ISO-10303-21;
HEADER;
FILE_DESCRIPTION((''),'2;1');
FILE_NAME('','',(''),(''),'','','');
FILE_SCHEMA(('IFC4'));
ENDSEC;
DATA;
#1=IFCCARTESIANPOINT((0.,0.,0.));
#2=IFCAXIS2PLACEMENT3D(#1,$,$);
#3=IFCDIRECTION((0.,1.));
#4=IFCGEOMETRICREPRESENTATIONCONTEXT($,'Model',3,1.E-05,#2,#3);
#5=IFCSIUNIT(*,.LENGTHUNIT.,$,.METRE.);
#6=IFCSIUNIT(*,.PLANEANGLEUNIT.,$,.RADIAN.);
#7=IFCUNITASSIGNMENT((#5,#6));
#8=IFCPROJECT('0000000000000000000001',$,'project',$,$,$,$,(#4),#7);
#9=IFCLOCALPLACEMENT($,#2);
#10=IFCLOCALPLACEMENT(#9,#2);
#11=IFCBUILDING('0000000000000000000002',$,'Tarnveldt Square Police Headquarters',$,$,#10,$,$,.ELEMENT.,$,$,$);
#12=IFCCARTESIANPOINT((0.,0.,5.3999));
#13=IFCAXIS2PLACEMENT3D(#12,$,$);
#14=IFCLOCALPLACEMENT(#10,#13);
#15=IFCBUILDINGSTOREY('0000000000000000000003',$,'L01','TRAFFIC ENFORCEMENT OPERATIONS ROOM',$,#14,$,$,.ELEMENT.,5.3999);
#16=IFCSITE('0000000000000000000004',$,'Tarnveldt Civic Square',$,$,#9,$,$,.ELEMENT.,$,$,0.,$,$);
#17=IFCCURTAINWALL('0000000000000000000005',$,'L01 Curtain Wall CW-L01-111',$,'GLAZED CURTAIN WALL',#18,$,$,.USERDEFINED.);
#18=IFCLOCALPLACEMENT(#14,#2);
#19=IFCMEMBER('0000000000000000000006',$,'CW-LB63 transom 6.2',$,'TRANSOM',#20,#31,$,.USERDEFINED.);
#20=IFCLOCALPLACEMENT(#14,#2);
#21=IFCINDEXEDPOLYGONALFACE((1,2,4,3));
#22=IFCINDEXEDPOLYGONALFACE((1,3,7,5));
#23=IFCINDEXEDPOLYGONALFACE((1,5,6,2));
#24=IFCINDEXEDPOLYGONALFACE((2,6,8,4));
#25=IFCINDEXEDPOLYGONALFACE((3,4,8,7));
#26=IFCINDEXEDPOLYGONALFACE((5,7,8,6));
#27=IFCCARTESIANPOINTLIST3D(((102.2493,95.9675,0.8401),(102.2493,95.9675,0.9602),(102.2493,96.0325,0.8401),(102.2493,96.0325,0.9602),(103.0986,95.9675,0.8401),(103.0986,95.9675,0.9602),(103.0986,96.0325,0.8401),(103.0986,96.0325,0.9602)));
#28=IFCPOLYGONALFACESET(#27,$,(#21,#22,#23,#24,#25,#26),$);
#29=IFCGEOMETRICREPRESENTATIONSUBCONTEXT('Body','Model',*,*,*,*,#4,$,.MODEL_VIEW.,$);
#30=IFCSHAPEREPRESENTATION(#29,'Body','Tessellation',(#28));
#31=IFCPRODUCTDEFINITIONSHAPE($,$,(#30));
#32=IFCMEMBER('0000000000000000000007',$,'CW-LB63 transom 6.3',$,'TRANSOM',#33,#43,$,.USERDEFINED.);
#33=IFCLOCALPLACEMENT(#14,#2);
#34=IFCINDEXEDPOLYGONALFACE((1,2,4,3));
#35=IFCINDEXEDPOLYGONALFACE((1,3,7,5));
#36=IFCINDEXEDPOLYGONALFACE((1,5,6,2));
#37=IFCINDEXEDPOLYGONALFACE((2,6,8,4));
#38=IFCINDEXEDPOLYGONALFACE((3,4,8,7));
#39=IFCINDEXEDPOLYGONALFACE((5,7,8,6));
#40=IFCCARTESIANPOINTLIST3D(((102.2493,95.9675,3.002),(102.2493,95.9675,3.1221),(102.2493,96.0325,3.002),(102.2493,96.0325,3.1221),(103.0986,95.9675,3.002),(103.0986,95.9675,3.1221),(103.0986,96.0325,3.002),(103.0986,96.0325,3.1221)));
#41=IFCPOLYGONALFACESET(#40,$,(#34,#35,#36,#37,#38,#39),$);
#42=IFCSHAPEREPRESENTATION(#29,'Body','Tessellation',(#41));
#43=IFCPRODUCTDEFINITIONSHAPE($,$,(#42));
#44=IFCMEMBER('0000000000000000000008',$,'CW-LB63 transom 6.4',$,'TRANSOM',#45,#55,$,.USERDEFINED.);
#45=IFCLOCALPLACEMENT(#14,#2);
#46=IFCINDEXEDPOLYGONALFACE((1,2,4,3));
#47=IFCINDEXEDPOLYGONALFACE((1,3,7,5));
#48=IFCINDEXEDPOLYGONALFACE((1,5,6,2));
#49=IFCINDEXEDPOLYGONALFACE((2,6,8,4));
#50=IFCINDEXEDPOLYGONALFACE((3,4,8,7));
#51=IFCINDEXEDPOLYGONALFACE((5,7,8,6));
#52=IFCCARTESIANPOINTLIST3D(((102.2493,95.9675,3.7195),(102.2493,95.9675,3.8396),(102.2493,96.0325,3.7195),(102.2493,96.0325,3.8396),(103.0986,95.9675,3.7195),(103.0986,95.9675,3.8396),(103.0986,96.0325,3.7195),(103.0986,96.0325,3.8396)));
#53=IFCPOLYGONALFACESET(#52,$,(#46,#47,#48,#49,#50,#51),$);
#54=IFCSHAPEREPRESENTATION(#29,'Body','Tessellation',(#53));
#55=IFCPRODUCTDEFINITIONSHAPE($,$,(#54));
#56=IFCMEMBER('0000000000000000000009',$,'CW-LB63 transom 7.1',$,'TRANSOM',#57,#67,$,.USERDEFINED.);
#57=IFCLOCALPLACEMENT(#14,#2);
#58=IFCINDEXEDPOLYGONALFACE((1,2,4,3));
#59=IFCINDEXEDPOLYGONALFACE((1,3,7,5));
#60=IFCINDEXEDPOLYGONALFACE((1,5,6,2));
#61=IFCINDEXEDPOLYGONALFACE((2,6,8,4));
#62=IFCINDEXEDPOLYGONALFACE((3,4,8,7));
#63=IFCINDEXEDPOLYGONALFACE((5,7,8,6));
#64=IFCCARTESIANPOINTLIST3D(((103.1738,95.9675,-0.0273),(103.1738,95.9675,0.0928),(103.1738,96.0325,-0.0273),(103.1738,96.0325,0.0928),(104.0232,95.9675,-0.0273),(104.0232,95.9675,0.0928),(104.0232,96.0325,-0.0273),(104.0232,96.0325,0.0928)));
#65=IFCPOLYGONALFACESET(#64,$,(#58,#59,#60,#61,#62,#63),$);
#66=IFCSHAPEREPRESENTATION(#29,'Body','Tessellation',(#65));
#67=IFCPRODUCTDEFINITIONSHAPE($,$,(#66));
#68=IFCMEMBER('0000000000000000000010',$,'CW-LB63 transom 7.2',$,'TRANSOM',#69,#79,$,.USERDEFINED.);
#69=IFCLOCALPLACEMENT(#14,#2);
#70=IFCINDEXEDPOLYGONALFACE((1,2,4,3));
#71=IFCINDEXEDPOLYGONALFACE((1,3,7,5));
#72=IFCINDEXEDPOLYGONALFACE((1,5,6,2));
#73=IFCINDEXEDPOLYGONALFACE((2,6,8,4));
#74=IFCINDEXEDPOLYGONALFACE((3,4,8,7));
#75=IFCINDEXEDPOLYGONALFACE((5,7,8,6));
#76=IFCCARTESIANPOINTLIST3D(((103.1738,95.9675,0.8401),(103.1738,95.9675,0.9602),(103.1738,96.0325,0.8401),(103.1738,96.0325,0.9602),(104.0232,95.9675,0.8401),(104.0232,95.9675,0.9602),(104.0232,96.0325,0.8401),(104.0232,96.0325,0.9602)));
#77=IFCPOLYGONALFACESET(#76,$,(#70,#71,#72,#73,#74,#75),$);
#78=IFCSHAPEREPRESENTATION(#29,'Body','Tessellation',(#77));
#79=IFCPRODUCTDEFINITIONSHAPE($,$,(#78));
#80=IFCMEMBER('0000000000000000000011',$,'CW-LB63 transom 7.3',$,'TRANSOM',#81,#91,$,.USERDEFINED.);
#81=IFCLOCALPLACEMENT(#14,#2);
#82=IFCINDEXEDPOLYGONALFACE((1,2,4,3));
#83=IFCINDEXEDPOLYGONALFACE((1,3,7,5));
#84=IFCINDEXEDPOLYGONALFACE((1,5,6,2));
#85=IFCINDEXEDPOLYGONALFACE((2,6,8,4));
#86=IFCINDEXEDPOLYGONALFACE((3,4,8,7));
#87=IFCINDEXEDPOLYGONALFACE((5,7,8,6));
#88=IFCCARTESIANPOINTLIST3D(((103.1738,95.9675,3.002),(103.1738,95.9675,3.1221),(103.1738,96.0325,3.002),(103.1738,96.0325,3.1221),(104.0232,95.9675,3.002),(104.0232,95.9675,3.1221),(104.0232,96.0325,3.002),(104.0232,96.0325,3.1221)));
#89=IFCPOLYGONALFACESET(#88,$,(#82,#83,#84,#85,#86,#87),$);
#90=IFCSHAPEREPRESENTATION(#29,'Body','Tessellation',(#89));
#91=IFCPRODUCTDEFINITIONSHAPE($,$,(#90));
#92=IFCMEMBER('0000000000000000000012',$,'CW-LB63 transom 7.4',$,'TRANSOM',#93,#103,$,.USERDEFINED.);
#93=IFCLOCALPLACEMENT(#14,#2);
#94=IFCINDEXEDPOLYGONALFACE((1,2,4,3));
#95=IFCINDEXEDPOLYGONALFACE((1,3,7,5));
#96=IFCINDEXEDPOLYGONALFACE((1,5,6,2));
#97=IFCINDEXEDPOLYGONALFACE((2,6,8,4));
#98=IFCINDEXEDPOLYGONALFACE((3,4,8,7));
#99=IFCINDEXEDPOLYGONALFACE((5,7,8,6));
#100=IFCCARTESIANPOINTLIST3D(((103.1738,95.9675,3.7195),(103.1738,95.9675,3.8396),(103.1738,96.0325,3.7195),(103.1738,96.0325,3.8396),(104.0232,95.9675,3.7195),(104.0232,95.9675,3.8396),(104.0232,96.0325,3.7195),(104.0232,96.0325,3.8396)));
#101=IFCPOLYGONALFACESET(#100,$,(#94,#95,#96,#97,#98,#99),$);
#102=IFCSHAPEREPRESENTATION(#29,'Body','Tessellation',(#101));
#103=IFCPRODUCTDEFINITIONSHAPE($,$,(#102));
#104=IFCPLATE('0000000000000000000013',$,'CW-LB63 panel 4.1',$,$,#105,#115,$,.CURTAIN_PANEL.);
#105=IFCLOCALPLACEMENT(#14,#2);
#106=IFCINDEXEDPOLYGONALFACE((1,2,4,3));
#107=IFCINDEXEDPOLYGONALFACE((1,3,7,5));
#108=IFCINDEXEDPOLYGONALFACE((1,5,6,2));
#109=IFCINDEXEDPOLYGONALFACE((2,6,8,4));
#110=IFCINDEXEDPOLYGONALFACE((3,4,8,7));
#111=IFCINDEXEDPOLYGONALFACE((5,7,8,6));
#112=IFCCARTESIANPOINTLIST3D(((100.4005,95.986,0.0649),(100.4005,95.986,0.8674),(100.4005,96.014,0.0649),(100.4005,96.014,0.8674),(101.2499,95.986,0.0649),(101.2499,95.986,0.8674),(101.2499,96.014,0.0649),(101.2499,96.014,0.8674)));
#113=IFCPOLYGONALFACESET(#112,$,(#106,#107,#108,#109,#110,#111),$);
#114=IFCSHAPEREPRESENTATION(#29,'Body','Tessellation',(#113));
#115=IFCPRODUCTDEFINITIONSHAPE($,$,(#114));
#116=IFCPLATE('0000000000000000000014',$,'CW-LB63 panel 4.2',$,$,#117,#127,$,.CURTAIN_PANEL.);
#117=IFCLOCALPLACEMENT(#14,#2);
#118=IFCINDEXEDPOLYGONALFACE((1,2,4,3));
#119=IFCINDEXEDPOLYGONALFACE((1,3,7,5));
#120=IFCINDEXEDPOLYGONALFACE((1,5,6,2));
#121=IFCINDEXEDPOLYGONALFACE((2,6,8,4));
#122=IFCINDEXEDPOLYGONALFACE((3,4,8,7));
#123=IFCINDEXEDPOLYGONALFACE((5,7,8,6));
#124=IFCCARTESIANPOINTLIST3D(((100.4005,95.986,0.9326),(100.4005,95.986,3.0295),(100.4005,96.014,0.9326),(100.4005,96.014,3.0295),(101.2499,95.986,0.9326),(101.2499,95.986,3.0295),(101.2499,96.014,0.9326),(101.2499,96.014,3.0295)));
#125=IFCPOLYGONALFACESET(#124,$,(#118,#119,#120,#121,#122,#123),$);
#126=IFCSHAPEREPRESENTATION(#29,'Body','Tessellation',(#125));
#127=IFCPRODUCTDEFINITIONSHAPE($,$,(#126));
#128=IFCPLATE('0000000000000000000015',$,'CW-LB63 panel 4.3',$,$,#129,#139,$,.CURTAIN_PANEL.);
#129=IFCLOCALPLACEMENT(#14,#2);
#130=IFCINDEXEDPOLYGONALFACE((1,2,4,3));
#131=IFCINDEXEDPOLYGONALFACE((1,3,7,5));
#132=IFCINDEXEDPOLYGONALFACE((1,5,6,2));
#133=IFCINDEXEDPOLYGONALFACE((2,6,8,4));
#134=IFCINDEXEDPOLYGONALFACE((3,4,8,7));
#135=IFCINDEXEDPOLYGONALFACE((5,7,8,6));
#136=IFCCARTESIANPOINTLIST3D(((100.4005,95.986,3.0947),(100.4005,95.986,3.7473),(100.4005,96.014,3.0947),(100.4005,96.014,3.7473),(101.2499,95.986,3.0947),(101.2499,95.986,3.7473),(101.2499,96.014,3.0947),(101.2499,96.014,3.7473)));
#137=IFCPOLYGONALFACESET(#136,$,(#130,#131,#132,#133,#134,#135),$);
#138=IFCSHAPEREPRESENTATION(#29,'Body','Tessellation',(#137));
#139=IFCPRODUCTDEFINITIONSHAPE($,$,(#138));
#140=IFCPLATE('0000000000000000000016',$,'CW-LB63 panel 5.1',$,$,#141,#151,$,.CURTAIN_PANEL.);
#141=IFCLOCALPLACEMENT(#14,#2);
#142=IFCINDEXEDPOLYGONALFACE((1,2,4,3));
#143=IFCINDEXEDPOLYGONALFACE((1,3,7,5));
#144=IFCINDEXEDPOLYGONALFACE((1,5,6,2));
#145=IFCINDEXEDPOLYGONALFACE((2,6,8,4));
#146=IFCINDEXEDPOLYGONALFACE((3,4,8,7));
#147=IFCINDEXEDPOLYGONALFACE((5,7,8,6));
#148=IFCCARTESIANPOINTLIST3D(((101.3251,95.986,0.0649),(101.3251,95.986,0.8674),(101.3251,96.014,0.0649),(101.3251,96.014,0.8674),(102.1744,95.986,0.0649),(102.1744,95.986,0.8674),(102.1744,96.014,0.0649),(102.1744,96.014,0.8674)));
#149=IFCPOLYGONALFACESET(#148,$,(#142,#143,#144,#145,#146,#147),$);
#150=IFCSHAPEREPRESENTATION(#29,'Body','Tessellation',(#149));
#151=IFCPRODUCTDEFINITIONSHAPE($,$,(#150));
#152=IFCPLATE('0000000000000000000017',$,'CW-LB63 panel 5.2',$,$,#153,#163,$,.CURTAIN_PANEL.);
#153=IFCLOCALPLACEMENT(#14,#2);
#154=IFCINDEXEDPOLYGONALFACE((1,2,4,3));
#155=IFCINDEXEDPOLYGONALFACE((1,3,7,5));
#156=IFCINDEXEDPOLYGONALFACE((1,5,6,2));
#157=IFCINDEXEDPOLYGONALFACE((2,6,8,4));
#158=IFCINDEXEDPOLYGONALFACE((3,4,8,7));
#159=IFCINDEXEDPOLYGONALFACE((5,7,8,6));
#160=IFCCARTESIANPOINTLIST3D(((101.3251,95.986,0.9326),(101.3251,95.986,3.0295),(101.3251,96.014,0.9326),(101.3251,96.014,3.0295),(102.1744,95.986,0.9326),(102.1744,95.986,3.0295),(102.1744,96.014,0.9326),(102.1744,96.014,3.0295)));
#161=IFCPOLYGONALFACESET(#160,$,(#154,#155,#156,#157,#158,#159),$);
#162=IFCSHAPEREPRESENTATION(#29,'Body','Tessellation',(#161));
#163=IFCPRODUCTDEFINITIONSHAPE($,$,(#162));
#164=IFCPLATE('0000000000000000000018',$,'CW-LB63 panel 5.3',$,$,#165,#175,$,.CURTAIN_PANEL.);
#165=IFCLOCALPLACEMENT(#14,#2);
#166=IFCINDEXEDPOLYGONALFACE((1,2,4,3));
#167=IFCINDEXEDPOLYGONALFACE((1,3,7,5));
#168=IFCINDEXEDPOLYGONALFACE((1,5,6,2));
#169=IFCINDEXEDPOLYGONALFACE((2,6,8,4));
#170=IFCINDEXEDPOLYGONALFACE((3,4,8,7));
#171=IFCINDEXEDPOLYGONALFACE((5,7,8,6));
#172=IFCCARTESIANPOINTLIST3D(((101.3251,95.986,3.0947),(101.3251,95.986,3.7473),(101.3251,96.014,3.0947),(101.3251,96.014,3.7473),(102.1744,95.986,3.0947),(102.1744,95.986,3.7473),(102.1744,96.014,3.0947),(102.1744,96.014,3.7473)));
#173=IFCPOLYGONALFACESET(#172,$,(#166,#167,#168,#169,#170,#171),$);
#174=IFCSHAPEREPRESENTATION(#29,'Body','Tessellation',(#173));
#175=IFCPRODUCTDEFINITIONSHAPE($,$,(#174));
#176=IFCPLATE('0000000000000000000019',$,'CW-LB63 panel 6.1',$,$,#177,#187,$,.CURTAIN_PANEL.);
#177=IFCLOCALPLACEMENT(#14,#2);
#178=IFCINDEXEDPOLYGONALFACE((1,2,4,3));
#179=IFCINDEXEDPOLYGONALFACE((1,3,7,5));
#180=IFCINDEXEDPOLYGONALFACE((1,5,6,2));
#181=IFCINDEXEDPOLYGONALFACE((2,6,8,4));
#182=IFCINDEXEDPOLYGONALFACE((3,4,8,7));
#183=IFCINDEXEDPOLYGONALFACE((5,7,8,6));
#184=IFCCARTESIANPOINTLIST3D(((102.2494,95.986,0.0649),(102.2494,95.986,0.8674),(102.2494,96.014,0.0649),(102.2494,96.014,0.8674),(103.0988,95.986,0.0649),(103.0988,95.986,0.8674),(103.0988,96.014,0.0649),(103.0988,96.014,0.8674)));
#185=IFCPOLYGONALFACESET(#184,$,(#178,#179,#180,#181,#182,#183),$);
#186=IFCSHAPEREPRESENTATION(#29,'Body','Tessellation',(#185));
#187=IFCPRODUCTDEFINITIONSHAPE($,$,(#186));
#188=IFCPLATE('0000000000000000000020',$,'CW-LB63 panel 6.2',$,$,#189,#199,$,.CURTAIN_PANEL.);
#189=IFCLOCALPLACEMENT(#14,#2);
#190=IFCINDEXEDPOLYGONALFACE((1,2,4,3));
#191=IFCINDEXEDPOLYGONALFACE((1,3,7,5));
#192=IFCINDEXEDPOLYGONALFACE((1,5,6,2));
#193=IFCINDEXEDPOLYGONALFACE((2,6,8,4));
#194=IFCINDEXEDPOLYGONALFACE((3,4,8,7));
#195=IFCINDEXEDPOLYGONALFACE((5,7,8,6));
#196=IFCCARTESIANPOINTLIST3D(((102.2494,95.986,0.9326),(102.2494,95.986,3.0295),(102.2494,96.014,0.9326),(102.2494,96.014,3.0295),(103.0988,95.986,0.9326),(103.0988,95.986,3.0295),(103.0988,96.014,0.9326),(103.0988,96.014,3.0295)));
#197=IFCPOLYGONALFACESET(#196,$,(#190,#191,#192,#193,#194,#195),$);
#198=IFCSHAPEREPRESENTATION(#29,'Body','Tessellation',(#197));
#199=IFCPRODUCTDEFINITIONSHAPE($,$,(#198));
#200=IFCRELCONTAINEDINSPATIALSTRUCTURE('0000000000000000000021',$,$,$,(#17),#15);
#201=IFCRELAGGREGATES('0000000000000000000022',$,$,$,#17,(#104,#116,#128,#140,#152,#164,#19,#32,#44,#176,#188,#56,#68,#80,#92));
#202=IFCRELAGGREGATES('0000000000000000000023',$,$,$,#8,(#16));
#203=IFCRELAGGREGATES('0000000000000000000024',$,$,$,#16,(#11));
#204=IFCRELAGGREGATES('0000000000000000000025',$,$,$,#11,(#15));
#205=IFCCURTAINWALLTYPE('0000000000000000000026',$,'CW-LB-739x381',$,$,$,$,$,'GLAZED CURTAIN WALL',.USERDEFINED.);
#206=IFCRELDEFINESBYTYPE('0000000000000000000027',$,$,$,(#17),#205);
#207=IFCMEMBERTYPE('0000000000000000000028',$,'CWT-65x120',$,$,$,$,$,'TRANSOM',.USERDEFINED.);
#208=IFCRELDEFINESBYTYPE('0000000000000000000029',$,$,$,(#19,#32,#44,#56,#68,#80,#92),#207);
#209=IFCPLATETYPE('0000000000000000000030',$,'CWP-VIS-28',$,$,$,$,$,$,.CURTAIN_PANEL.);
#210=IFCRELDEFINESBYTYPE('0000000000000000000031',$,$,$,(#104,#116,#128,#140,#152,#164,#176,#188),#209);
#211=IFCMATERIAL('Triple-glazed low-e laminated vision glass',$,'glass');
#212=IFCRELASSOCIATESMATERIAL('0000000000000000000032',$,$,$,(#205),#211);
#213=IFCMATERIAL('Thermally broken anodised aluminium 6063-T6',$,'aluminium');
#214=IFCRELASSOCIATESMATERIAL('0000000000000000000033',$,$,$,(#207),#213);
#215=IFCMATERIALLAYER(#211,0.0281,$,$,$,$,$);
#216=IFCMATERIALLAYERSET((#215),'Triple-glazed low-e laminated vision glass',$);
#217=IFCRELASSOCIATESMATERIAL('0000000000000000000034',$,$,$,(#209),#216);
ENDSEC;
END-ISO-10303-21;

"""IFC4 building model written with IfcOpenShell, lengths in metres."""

from ifc_helpers import new_model, si_unit, direction, frame, origin, origin_2d, place, context, subcontext, project, spatial, rectangle, extrude, material, layer, layer_set, material_profile, profile_set, type_object, element, aggregate, save


model = new_model("IFC4")

# Units and contexts
model_context = context("Model", 3, precision=1e-05, world=origin(), true_north=direction((0.0, 1.0)))
body_context = subcontext(model_context, "Body", "Model", "MODEL_VIEW")
ifc_project = project(units=[si_unit("LENGTHUNIT", "METRE"), si_unit("PLANEANGLEUNIT", "RADIAN")], contexts=[model_context])

# Site, building, storey
site_placement = place(None, origin())
site = spatial("IfcSite", under=ifc_project, at=site_placement, Name="Tarnveldt Civic Square", CompositionType="ELEMENT", RefElevation=0.0)
building_placement = place(site_placement, origin())
building = spatial("IfcBuilding", under=site, at=building_placement, Name="Tarnveldt Square Police Headquarters", CompositionType="ELEMENT")
storey_placement = place(building_placement, frame((0.0, 0.0, 5.3999)))
storey = spatial("IfcBuildingStorey", under=building, at=storey_placement, Name="L01", Description="TRAFFIC ENFORCEMENT OPERATIONS ROOM", CompositionType="ELEMENT", Elevation=5.3999)

# Curtain wall, members, plates
ifc_material_1 = material(Name="Triple-glazed low-e laminated vision glass", Category="glass")
curtain_wall_type = type_object("IfcCurtainWallType", Name="CW-LB-739x381", ElementType="GLAZED CURTAIN WALL", PredefinedType="USERDEFINED", material=ifc_material_1)
curtain_wall_placement = place(storey_placement, origin())
curtain_wall = element("IfcCurtainWall", 1, at=curtain_wall_placement, inside=storey, type_object=curtain_wall_type, Name="L01 Curtain Wall CW-L01-111", ObjectType="GLAZED CURTAIN WALL", PredefinedType="USERDEFINED")
ifc_material_2 = material(Name="Thermally broken anodised aluminium 6063-T6", Category="aluminium")
ifc_material_profile_1 = material_profile(ifc_material_2, rectangle(XDim=0.0649, YDim=0.1201, at=origin_2d()), Name="CW-T65x120")
ifc_profile_set_1 = profile_set([ifc_material_profile_1], Name="Thermally broken anodised aluminium 6063-T6")
member_type_1 = type_object("IfcMemberType", Name="CWT-65x120", ElementType="TRANSOM", PredefinedType="USERDEFINED", material=ifc_profile_set_1)
member_1_placement = place(storey_placement, frame((102.2493, 96.0, 0.9001), z_axis=(1.0, 0.0, 0.0), x_axis=(0.0, 1.0, 0.0)))
member_1 = element("IfcMember", 2, at=member_1_placement, type_object=member_type_1, Name="CW-LB63 transom 6.2", ObjectType="TRANSOM", PredefinedType="USERDEFINED", context=body_context, shape_type="SweptSolid", body=[
    extrude(rectangle(XDim=0.0649, YDim=0.1201, at=origin_2d()), origin(), (0.0, 0.0, 1.0), 0.8494),
])
member_2_placement = place(storey_placement, frame((102.2493, 96.0, 3.062), z_axis=(1.0, 0.0, 0.0), x_axis=(0.0, 1.0, 0.0)))
member_2 = element("IfcMember", 3, at=member_2_placement, type_object=member_type_1, Name="CW-LB63 transom 6.3", ObjectType="TRANSOM", PredefinedType="USERDEFINED", context=body_context, shape_type="SweptSolid", body=[
    extrude(rectangle(XDim=0.0649, YDim=0.1201, at=origin_2d()), origin(), (0.0, 0.0, 1.0), 0.8494),
])
member_3_placement = place(storey_placement, frame((102.2493, 96.0, 3.7795), z_axis=(1.0, 0.0, 0.0), x_axis=(0.0, 1.0, 0.0)))
member_3 = element("IfcMember", 4, at=member_3_placement, type_object=member_type_1, Name="CW-LB63 transom 6.4", ObjectType="TRANSOM", PredefinedType="USERDEFINED", context=body_context, shape_type="SweptSolid", body=[
    extrude(rectangle(XDim=0.0649, YDim=0.1201, at=origin_2d()), origin(), (0.0, 0.0, 1.0), 0.8494),
])
member_4_placement = place(storey_placement, frame((103.1738, 96.0, 0.0327), z_axis=(1.0, 0.0, 0.0), x_axis=(0.0, 1.0, 0.0)))
member_4 = element("IfcMember", 5, at=member_4_placement, type_object=member_type_1, Name="CW-LB63 transom 7.1", ObjectType="TRANSOM", PredefinedType="USERDEFINED", context=body_context, shape_type="SweptSolid", body=[
    extrude(rectangle(XDim=0.0649, YDim=0.1201, at=origin_2d()), origin(), (0.0, 0.0, 1.0), 0.8494),
])
member_5_placement = place(storey_placement, frame((103.1738, 96.0, 0.9001), z_axis=(1.0, 0.0, 0.0), x_axis=(0.0, 1.0, 0.0)))
member_5 = element("IfcMember", 6, at=member_5_placement, type_object=member_type_1, Name="CW-LB63 transom 7.2", ObjectType="TRANSOM", PredefinedType="USERDEFINED", context=body_context, shape_type="SweptSolid", body=[
    extrude(rectangle(XDim=0.0649, YDim=0.1201, at=origin_2d()), origin(), (0.0, 0.0, 1.0), 0.8494),
])
member_6_placement = place(storey_placement, frame((103.1738, 96.0, 3.062), z_axis=(1.0, 0.0, 0.0), x_axis=(0.0, 1.0, 0.0)))
member_6 = element("IfcMember", 7, at=member_6_placement, type_object=member_type_1, Name="CW-LB63 transom 7.3", ObjectType="TRANSOM", PredefinedType="USERDEFINED", context=body_context, shape_type="SweptSolid", body=[
    extrude(rectangle(XDim=0.0649, YDim=0.1201, at=origin_2d()), origin(), (0.0, 0.0, 1.0), 0.8494),
])
member_7_placement = place(storey_placement, frame((103.1738, 96.0, 3.7795), z_axis=(1.0, 0.0, 0.0), x_axis=(0.0, 1.0, 0.0)))
member_7 = element("IfcMember", 8, at=member_7_placement, type_object=member_type_1, Name="CW-LB63 transom 7.4", ObjectType="TRANSOM", PredefinedType="USERDEFINED", context=body_context, shape_type="SweptSolid", body=[
    extrude(rectangle(XDim=0.0649, YDim=0.1201, at=origin_2d()), origin(), (0.0, 0.0, 1.0), 0.8494),
])
ifc_layer_1 = layer(ifc_material_1, 0.0281)
ifc_layer_set_1 = layer_set([ifc_layer_1], Name="Triple-glazed low-e laminated vision glass")
plate_type = type_object("IfcPlateType", Name="CWP-VIS-28", PredefinedType="CURTAIN_PANEL", material=ifc_layer_set_1)
plate_1_placement = place(storey_placement, frame((100.8252, 96.0, 0.0649), z_axis=(0.0, 0.0, 1.0), x_axis=(1.0, 0.0, 0.0)))
plate_1 = element("IfcPlate", 9, at=plate_1_placement, type_object=plate_type, Name="CW-LB63 panel 4.1", PredefinedType="CURTAIN_PANEL", context=body_context, shape_type="SweptSolid", body=[
    extrude(rectangle(XDim=0.8494, YDim=0.0281, at=origin_2d()), origin(), (0.0, 0.0, 1.0), 0.8025),
])
plate_2_placement = place(storey_placement, frame((100.8252, 96.0, 0.9326), z_axis=(0.0, 0.0, 1.0), x_axis=(1.0, 0.0, 0.0)))
plate_2 = element("IfcPlate", 10, at=plate_2_placement, type_object=plate_type, Name="CW-LB63 panel 4.2", PredefinedType="CURTAIN_PANEL", context=body_context, shape_type="SweptSolid", body=[
    extrude(rectangle(XDim=0.8494, YDim=0.0281, at=origin_2d()), origin(), (0.0, 0.0, 1.0), 2.0969),
])
plate_3_placement = place(storey_placement, frame((100.8252, 96.0, 3.0947), z_axis=(0.0, 0.0, 1.0), x_axis=(1.0, 0.0, 0.0)))
plate_3 = element("IfcPlate", 11, at=plate_3_placement, type_object=plate_type, Name="CW-LB63 panel 4.3", PredefinedType="CURTAIN_PANEL", context=body_context, shape_type="SweptSolid", body=[
    extrude(rectangle(XDim=0.8494, YDim=0.0281, at=origin_2d()), origin(), (0.0, 0.0, 1.0), 0.6526),
])
plate_4_placement = place(storey_placement, frame((101.7498, 96.0, 0.0649), z_axis=(0.0, 0.0, 1.0), x_axis=(1.0, 0.0, 0.0)))
plate_4 = element("IfcPlate", 12, at=plate_4_placement, type_object=plate_type, Name="CW-LB63 panel 5.1", PredefinedType="CURTAIN_PANEL", context=body_context, shape_type="SweptSolid", body=[
    extrude(rectangle(XDim=0.8494, YDim=0.0281, at=origin_2d()), origin(), (0.0, 0.0, 1.0), 0.8025),
])
plate_5_placement = place(storey_placement, frame((101.7498, 96.0, 0.9326), z_axis=(0.0, 0.0, 1.0), x_axis=(1.0, 0.0, 0.0)))
plate_5 = element("IfcPlate", 13, at=plate_5_placement, type_object=plate_type, Name="CW-LB63 panel 5.2", PredefinedType="CURTAIN_PANEL", context=body_context, shape_type="SweptSolid", body=[
    extrude(rectangle(XDim=0.8494, YDim=0.0281, at=origin_2d()), origin(), (0.0, 0.0, 1.0), 2.0969),
])
plate_6_placement = place(storey_placement, frame((101.7498, 96.0, 3.0947), z_axis=(0.0, 0.0, 1.0), x_axis=(1.0, 0.0, 0.0)))
plate_6 = element("IfcPlate", 14, at=plate_6_placement, type_object=plate_type, Name="CW-LB63 panel 5.3", PredefinedType="CURTAIN_PANEL", context=body_context, shape_type="SweptSolid", body=[
    extrude(rectangle(XDim=0.8494, YDim=0.0281, at=origin_2d()), origin(), (0.0, 0.0, 1.0), 0.6526),
])
plate_7_placement = place(storey_placement, frame((102.6741, 96.0, 0.0649), z_axis=(0.0, 0.0, 1.0), x_axis=(1.0, 0.0, 0.0)))
plate_7 = element("IfcPlate", 15, at=plate_7_placement, type_object=plate_type, Name="CW-LB63 panel 6.1", PredefinedType="CURTAIN_PANEL", context=body_context, shape_type="SweptSolid", body=[
    extrude(rectangle(XDim=0.8494, YDim=0.0281, at=origin_2d()), origin(), (0.0, 0.0, 1.0), 0.8025),
])
plate_8_placement = place(storey_placement, frame((102.6741, 96.0, 0.9326), z_axis=(0.0, 0.0, 1.0), x_axis=(1.0, 0.0, 0.0)))
plate_8 = element("IfcPlate", 16, at=plate_8_placement, type_object=plate_type, Name="CW-LB63 panel 6.2", PredefinedType="CURTAIN_PANEL", context=body_context, shape_type="SweptSolid", body=[
    extrude(rectangle(XDim=0.8494, YDim=0.0281, at=origin_2d()), origin(), (0.0, 0.0, 1.0), 2.0969),
])
aggregate(curtain_wall, [plate_1, plate_2, plate_3, plate_4, plate_5, plate_6, member_1, member_2, member_3, plate_7, plate_8, member_4, member_5, member_6, member_7])

save(model, "model.ifc")
